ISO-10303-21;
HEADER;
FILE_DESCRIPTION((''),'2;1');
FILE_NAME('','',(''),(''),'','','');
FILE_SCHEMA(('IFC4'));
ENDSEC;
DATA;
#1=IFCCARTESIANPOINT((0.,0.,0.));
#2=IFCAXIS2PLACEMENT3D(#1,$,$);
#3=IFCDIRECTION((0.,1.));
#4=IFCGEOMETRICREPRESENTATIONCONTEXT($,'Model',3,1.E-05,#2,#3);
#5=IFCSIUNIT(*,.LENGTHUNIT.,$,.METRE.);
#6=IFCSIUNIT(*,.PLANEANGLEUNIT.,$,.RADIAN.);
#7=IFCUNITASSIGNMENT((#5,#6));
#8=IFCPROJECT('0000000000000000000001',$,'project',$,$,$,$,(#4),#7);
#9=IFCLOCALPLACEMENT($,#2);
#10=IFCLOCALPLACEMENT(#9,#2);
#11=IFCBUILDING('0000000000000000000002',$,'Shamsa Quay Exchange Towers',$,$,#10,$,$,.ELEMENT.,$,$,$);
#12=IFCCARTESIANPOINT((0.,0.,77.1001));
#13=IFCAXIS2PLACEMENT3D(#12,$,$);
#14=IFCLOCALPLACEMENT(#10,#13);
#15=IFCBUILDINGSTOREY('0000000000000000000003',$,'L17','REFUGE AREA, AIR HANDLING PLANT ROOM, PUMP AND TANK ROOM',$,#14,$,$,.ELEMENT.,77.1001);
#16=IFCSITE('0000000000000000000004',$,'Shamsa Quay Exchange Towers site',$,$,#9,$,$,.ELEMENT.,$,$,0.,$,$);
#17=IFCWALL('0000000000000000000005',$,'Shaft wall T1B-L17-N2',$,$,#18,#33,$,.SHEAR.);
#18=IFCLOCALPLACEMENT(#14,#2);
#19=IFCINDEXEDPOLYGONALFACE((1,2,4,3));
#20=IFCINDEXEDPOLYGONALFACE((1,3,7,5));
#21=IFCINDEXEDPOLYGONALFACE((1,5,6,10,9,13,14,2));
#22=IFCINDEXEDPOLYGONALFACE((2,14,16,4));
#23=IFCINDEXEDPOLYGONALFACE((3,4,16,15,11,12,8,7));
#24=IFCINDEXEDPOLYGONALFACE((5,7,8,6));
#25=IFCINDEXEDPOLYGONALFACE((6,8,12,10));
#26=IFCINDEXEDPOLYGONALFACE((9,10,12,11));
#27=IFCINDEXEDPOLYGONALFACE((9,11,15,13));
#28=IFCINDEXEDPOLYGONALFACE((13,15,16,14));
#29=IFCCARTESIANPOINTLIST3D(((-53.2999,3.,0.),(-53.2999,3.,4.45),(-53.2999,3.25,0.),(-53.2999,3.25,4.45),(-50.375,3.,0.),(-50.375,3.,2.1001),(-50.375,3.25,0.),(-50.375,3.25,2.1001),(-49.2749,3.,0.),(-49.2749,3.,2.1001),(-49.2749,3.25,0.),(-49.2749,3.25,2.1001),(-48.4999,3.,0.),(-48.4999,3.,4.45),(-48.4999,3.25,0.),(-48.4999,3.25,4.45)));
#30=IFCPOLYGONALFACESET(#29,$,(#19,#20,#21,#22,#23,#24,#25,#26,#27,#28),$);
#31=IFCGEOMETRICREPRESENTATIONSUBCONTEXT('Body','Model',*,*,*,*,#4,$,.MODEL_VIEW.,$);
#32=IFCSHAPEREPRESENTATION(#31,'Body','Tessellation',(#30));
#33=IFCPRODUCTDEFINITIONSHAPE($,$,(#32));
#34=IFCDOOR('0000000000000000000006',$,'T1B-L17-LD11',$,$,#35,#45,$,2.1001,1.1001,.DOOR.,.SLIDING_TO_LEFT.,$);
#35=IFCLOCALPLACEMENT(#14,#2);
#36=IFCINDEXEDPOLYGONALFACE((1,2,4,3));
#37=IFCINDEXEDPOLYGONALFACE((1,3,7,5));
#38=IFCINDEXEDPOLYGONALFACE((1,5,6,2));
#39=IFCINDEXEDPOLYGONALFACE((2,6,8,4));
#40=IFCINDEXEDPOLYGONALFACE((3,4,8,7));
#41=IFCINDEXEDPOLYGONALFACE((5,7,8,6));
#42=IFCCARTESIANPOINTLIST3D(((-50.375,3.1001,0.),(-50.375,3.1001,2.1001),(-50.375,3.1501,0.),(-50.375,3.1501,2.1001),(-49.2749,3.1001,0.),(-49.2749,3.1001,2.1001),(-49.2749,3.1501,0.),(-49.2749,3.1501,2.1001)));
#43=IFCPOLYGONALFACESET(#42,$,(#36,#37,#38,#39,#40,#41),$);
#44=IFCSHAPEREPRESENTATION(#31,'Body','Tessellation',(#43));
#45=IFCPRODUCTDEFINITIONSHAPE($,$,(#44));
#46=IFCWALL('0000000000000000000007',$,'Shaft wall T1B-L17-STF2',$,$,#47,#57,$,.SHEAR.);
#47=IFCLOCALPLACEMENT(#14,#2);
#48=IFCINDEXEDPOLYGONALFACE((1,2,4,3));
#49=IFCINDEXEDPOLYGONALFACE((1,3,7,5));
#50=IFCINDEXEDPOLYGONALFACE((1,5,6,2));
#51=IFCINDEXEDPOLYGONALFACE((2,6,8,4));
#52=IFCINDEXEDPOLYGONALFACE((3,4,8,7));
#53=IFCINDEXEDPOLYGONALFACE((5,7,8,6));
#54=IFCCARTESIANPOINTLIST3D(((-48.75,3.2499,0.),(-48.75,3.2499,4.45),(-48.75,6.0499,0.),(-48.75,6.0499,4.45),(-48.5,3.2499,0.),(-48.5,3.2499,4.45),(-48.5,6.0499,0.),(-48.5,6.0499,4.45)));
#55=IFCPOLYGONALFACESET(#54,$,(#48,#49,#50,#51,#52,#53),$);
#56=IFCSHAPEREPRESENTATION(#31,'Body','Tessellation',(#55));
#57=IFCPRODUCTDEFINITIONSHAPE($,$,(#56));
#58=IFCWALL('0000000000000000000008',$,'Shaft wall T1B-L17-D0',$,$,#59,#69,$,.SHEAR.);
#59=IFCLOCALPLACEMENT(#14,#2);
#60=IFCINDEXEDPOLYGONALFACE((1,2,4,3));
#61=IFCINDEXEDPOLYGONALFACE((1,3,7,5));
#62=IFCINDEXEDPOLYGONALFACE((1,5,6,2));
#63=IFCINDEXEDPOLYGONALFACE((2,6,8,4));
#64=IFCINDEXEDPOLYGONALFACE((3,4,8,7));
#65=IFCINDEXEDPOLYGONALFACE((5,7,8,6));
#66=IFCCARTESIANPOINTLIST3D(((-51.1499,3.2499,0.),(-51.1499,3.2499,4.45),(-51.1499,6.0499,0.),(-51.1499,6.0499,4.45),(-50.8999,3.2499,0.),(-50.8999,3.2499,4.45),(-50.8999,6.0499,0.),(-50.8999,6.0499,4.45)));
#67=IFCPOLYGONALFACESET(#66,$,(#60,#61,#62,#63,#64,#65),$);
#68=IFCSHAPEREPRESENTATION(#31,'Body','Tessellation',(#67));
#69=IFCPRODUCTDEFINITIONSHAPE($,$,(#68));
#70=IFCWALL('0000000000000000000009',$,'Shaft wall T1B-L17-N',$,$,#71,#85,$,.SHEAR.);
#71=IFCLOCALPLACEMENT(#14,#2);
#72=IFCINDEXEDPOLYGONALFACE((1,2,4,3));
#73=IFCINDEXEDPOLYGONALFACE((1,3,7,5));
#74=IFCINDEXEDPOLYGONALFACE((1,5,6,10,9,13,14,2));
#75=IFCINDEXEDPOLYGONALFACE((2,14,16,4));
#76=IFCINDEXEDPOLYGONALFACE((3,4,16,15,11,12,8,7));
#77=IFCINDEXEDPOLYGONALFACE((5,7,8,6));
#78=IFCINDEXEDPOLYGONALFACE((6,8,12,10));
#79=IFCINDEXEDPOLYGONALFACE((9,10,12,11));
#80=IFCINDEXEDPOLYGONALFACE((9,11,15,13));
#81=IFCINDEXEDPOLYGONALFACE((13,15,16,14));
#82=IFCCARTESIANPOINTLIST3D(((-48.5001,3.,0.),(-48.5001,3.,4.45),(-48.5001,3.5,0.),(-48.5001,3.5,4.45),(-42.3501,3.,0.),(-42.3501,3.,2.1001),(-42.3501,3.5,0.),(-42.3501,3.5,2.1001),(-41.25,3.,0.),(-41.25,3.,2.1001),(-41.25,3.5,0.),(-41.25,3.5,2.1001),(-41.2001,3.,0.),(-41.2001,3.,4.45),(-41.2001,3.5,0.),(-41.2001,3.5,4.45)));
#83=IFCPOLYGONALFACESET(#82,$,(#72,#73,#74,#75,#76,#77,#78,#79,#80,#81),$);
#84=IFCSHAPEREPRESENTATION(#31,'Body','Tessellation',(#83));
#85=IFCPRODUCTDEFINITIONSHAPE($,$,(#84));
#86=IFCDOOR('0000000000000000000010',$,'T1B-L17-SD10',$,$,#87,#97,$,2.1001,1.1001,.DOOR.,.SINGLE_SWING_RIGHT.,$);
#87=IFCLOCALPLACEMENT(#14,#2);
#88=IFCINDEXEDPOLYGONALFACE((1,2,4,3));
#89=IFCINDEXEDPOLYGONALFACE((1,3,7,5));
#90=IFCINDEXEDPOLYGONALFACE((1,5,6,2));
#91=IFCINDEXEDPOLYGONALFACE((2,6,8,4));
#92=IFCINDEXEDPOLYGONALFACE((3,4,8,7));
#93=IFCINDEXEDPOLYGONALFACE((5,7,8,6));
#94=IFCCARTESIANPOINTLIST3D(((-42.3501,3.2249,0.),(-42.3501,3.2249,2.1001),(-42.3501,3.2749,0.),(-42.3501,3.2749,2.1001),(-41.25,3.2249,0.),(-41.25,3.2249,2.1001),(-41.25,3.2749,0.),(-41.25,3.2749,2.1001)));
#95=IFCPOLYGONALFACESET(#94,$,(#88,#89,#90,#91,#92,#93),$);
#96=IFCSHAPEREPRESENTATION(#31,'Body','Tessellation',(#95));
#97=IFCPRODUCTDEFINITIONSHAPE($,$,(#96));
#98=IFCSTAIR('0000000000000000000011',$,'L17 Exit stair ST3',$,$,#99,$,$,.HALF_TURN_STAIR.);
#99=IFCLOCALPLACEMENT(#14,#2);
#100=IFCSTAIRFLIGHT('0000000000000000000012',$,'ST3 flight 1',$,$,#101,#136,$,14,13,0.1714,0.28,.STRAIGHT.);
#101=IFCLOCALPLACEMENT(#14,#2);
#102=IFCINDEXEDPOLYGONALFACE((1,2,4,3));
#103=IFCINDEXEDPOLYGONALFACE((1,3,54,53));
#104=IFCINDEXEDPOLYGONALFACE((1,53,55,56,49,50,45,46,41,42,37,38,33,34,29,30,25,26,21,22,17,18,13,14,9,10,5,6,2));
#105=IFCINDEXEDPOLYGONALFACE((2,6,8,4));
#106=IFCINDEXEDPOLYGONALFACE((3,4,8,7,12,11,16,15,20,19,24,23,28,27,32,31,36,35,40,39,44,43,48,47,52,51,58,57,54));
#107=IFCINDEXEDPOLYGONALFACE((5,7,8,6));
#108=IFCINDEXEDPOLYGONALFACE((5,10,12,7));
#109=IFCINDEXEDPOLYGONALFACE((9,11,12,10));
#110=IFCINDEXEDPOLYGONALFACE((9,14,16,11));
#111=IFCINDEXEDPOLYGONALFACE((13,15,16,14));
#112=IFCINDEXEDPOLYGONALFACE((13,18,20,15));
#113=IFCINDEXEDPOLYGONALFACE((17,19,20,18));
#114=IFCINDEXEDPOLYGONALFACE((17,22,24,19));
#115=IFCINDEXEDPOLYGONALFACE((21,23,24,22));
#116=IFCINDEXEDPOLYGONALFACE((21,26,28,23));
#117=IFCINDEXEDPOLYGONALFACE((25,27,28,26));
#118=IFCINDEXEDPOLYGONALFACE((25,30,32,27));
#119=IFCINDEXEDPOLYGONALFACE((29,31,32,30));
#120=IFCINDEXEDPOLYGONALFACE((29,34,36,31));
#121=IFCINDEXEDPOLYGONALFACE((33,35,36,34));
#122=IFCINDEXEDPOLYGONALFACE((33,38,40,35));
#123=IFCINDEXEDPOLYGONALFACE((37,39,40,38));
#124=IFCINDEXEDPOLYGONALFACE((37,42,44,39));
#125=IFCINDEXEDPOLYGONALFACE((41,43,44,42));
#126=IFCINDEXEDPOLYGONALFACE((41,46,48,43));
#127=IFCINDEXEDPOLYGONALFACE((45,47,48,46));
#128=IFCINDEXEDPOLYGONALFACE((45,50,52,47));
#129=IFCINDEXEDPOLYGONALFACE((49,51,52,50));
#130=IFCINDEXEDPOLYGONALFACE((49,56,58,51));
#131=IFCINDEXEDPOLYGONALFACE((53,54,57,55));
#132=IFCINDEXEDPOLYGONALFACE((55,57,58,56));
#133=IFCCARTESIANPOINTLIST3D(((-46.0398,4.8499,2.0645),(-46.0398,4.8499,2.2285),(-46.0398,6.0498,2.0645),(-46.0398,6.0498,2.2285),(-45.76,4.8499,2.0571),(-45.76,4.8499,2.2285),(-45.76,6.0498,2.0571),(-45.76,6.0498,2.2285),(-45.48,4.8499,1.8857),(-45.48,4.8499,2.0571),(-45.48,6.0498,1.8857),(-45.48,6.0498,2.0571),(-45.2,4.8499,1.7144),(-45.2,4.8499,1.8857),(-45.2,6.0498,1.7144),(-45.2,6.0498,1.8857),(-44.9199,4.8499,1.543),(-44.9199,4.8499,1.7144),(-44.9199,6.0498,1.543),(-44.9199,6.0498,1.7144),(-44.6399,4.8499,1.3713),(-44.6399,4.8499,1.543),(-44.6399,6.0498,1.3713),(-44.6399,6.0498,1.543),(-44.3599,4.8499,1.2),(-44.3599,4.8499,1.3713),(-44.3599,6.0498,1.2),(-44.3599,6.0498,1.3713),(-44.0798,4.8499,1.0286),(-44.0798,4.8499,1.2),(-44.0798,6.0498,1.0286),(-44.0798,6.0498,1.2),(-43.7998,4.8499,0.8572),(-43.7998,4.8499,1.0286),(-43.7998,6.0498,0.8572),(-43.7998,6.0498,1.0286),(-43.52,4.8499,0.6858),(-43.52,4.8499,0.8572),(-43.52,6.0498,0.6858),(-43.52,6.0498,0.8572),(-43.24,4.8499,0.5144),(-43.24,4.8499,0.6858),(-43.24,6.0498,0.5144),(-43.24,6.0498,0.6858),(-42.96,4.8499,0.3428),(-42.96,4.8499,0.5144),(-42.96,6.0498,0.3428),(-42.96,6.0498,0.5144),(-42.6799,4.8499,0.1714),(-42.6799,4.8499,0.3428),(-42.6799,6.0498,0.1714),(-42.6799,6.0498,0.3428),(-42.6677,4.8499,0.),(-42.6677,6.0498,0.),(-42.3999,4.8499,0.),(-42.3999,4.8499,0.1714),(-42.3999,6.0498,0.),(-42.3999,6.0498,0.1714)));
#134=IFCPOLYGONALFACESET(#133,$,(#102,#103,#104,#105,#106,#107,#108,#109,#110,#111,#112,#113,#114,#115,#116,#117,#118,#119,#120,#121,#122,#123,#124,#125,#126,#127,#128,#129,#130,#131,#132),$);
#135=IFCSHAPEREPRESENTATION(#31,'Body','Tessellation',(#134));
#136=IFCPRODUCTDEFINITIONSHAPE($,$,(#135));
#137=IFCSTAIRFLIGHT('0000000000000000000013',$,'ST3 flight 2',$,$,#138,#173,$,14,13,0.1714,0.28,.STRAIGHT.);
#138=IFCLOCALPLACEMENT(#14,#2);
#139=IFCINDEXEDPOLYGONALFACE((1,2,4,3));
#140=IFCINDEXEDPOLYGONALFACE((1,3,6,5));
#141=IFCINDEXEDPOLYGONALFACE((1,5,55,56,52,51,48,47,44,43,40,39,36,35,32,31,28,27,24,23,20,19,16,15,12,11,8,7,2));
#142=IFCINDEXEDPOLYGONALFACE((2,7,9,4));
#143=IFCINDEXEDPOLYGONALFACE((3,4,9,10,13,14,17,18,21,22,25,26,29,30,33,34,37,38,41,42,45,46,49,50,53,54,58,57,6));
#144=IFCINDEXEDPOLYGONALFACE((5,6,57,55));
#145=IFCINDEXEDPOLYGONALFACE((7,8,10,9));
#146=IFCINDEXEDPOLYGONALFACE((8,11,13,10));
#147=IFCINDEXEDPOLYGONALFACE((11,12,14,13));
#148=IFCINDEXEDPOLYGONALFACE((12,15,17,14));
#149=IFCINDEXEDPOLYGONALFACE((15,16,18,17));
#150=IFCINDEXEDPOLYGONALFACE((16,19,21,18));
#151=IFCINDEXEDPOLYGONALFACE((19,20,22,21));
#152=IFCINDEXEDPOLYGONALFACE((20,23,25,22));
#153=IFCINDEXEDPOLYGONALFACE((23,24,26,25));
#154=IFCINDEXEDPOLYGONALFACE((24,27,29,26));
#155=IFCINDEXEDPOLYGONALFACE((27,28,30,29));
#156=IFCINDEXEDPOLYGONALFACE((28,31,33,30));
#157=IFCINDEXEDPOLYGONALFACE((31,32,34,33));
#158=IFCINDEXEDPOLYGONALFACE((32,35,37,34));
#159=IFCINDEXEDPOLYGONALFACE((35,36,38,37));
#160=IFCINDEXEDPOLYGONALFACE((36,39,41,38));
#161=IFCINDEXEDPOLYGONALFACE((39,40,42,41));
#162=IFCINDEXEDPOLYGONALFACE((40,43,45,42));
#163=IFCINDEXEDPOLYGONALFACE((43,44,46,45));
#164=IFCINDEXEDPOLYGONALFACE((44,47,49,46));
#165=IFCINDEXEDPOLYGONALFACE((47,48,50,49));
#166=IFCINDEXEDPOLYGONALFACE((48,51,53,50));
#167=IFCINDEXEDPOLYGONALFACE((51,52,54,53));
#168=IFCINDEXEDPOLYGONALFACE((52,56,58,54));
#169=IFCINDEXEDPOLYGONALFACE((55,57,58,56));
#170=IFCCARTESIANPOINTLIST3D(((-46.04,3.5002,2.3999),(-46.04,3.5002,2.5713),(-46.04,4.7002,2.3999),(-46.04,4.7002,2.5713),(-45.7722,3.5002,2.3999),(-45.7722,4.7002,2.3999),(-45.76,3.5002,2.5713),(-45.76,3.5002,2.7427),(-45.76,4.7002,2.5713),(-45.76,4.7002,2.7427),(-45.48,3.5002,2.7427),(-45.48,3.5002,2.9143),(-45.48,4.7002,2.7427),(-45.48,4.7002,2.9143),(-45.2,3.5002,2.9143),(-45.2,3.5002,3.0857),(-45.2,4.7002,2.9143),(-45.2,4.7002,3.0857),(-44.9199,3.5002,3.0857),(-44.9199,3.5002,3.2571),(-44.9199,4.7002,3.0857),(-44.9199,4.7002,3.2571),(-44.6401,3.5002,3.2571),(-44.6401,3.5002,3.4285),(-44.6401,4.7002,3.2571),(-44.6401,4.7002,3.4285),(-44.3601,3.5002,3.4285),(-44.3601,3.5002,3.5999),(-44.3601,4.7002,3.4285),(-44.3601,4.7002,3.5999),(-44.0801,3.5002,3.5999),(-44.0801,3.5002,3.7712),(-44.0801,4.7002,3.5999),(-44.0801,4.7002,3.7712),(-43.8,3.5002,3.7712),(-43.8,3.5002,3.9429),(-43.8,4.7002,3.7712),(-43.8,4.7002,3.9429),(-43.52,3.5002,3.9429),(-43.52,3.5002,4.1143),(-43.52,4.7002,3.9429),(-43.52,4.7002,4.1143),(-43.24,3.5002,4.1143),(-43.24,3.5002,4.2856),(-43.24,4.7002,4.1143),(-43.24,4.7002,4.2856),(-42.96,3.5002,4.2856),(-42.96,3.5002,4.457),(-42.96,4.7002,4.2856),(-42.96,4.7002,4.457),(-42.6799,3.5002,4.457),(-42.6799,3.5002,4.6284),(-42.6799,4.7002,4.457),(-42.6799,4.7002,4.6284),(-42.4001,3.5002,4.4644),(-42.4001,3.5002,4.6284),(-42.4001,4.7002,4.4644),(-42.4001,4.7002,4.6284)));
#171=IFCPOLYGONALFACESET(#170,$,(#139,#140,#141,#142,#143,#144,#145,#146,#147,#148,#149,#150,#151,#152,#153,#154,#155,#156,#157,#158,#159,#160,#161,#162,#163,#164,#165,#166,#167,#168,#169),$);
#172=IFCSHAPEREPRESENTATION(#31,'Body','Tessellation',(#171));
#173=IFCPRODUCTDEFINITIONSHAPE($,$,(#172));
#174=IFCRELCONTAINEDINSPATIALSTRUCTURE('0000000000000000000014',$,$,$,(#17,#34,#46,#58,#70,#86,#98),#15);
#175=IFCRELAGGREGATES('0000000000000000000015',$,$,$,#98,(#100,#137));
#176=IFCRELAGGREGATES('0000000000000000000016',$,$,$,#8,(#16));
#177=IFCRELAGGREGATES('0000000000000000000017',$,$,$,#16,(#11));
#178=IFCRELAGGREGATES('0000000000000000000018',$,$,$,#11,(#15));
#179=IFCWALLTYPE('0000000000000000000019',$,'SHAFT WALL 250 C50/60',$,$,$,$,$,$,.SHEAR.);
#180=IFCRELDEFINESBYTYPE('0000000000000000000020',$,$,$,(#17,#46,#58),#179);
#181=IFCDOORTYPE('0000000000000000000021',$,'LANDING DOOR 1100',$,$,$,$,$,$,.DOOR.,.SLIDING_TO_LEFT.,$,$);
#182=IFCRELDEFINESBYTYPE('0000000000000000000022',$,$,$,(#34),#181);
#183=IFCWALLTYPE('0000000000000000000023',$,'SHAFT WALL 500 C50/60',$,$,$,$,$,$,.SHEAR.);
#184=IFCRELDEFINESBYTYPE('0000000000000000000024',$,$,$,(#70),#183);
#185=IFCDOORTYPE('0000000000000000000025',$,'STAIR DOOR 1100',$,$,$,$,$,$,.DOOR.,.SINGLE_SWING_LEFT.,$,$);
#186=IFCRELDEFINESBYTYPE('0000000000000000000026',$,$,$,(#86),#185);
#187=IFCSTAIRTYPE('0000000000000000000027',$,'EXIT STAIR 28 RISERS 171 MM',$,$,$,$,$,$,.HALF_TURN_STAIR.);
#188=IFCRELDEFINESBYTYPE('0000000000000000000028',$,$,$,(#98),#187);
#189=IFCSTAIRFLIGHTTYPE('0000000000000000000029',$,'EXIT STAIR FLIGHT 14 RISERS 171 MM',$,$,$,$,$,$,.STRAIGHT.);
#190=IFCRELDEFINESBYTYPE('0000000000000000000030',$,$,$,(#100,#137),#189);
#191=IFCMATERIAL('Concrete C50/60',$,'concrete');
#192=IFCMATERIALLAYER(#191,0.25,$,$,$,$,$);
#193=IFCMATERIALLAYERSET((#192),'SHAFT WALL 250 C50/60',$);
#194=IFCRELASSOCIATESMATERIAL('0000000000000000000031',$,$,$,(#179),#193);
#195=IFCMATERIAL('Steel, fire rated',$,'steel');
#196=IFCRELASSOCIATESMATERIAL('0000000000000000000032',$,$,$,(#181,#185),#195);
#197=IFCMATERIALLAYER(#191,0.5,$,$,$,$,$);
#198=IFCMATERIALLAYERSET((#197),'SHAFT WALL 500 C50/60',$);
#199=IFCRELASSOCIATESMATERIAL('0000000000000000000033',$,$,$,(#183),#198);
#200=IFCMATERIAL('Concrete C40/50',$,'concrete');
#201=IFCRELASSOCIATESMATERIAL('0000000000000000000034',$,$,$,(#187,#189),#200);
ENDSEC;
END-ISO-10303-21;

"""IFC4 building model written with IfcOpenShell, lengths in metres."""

from ifc_helpers import new_model, si_unit, direction, frame, frame_2d, origin, place, context, subcontext, project, spatial, polyline, rectangle, outline, extrude, material, layer, layer_set, type_object, element, fill, aggregate, save


model = new_model("IFC4")

# Units and contexts
model_context = context("Model", 3, precision=1e-05, world=origin(), true_north=direction((0.0, 1.0)))
body_context = subcontext(model_context, "Body", "Model", "MODEL_VIEW")
ifc_project = project(units=[si_unit("LENGTHUNIT", "METRE"), si_unit("PLANEANGLEUNIT", "RADIAN")], contexts=[model_context])

# Site, building, storey
site_placement = place(None, origin())
site = spatial("IfcSite", under=ifc_project, at=site_placement, Name="Shamsa Quay Exchange Towers site", CompositionType="ELEMENT", RefElevation=0.0)
building_placement = place(site_placement, origin())
building = spatial("IfcBuilding", under=site, at=building_placement, Name="Shamsa Quay Exchange Towers", CompositionType="ELEMENT")
storey_placement = place(building_placement, frame((0.0, 0.0, 77.1001)))
storey = spatial("IfcBuildingStorey", under=building, at=storey_placement, Name="L17", Description="REFUGE AREA, AIR HANDLING PLANT ROOM, PUMP AND TANK ROOM", CompositionType="ELEMENT", Elevation=77.1001)

# Wall, opening, door
ifc_material_1 = material(Name="Concrete C50/60", Category="concrete")
ifc_layer_1 = layer(ifc_material_1, 0.25)
ifc_layer_set_1 = layer_set([ifc_layer_1], Name="SHAFT WALL 250 C50/60")
wall_type_1 = type_object("IfcWallType", Name="SHAFT WALL 250 C50/60", PredefinedType="SHEAR", material=ifc_layer_set_1)
wall_1_placement = place(storey_placement, frame((-48.5, 3.125, 0.0), z_axis=(0.0, 0.0, 1.0), x_axis=(-1.0, 0.0, 0.0)))
wall_1 = element("IfcWall", 1, at=wall_1_placement, inside=storey, type_object=wall_type_1, Name="Shaft wall T1B-L17-N2", PredefinedType="SHEAR", context=body_context, shape_type="SweptSolid", body=[
    extrude(rectangle(XDim=4.8, YDim=0.25, at=frame_2d((2.3999, 0.0))), origin(), (0.0, 0.0, 1.0), 4.45),
])
opening_1_placement = place(wall_1_placement, frame((0.7749, 0.0, 0.0)))
opening_1 = element("IfcOpeningElement", 2, at=opening_1_placement, cuts=wall_1, PredefinedType="OPENING", context=body_context, shape_type="SweptSolid", body=[
    extrude(rectangle(XDim=1.1001, YDim=2.1001, at=frame_2d((0.55, 1.05))), frame((0.0, 0.135, 0.0), z_axis=(0.0, -1.0, 0.0), x_axis=(1.0, 0.0, 0.0)), (0.0, 0.0, 1.0), 0.27),
])
ifc_material_2 = material(Name="Steel, fire rated", Category="steel")
door_type_1 = type_object("IfcDoorType", Name="LANDING DOOR 1100", OperationType="SLIDING_TO_LEFT", PredefinedType="DOOR", material=ifc_material_2)
door_1_placement = place(opening_1_placement, origin())
door_1 = element("IfcDoor", 3, at=door_1_placement, inside=storey, type_object=door_type_1, Name="T1B-L17-LD11", OperationType="SLIDING_TO_LEFT", OverallHeight=2.1001, OverallWidth=1.1001, PredefinedType="DOOR", context=body_context, shape_type="SweptSolid", body=[
    extrude(rectangle(XDim=1.1001, YDim=2.1001, at=frame_2d((0.55, 1.05))), frame((0.0, 0.0249, 0.0), z_axis=(0.0, -1.0, 0.0), x_axis=(1.0, 0.0, 0.0)), (0.0, 0.0, 1.0), 0.05),
])
fill(opening_1, door_1)

# Walls
for number, where, z_axis, x_axis, name in (
    (4, (-48.625, 3.25, 0.0), (0.0, 0.0, 1.0), (0.0, 1.0, 0.0), "Shaft wall T1B-L17-STF2"),
    (5, (-51.0249, 3.25, 0.0), (0.0, 0.0, 1.0), (0.0, 1.0, 0.0), "Shaft wall T1B-L17-D0"),
):
    element("IfcWall", number, at=place(storey_placement, frame(where, z_axis=z_axis, x_axis=x_axis)), inside=storey, type_object=wall_type_1, Name=name, PredefinedType="SHEAR", context=body_context, shape_type="SweptSolid", body=[
        extrude(rectangle(XDim=2.8, YDim=0.25, at=frame_2d((1.3999, 0.0))), origin(), (0.0, 0.0, 1.0), 4.45),
    ])

# Wall, opening, door
ifc_layer_2 = layer(ifc_material_1, 0.5)
ifc_layer_set_2 = layer_set([ifc_layer_2], Name="SHAFT WALL 500 C50/60")
wall_type_2 = type_object("IfcWallType", Name="SHAFT WALL 500 C50/60", PredefinedType="SHEAR", material=ifc_layer_set_2)
wall_2_placement = place(storey_placement, frame((-48.5, 3.25, 0.0)))
wall_2 = element("IfcWall", 6, at=wall_2_placement, inside=storey, type_object=wall_type_2, Name="Shaft wall T1B-L17-N", PredefinedType="SHEAR", context=body_context, shape_type="SweptSolid", body=[
    extrude(rectangle(XDim=7.3, YDim=0.5, at=frame_2d((3.6499, 0.0))), origin(), (0.0, 0.0, 1.0), 4.45),
])
opening_2_placement = place(wall_2_placement, frame((6.1499, 0.0, 0.0)))
opening_2 = element("IfcOpeningElement", 7, at=opening_2_placement, cuts=wall_2, PredefinedType="OPENING", context=body_context, shape_type="SweptSolid", body=[
    extrude(rectangle(XDim=1.1001, YDim=2.1001, at=frame_2d((0.55, 1.05))), frame((0.0, 0.26, 0.0), z_axis=(0.0, -1.0, 0.0), x_axis=(1.0, 0.0, 0.0)), (0.0, 0.0, 1.0), 0.52),
])
door_type_2 = type_object("IfcDoorType", Name="STAIR DOOR 1100", OperationType="SINGLE_SWING_LEFT", PredefinedType="DOOR", material=ifc_material_2)
door_2_placement = place(opening_2_placement, origin())
door_2 = element("IfcDoor", 8, at=door_2_placement, inside=storey, type_object=door_type_2, Name="T1B-L17-SD10", OperationType="SINGLE_SWING_RIGHT", OverallHeight=2.1001, OverallWidth=1.1001, PredefinedType="DOOR", context=body_context, shape_type="SweptSolid", body=[
    extrude(rectangle(XDim=1.1001, YDim=2.1001, at=frame_2d((0.55, 1.05))), frame((0.0, 0.0249, 0.0), z_axis=(0.0, -1.0, 0.0), x_axis=(1.0, 0.0, 0.0)), (0.0, 0.0, 1.0), 0.05),
])
fill(opening_2, door_2)

# Stair, stair flights
ifc_material_3 = material(Name="Concrete C40/50", Category="concrete")
stair_type = type_object("IfcStairType", Name="EXIT STAIR 28 RISERS 171 MM", PredefinedType="HALF_TURN_STAIR", material=ifc_material_3)
stair_placement = place(storey_placement, origin())
stair = element("IfcStair", 9, at=stair_placement, inside=storey, type_object=stair_type, Name="L17 Exit stair ST3", PredefinedType="HALF_TURN_STAIR")
stair_flight_type = type_object("IfcStairFlightType", Name="EXIT STAIR FLIGHT 14 RISERS 171 MM", PredefinedType="STRAIGHT", material=ifc_material_3)
stair_flight_1_placement = place(storey_placement, frame((-42.3999, 5.45, 0.0), z_axis=(0.0, 0.0, 1.0), x_axis=(-1.0, 0.0, 0.0)))
stair_flight_1 = element("IfcStairFlight", 10, at=stair_flight_1_placement, type_object=stair_flight_type, Name="ST3 flight 1", NumberOfRisers=14, NumberOfTreads=13, PredefinedType="STRAIGHT", RiserHeight=0.1714, TreadLength=0.28, context=body_context, shape_type="SweptSolid", body=[
    extrude(outline(polyline([(0.0, 0.0), (0.0, 0.1714), (0.28, 0.1714), (0.28, 0.3428), (0.5601, 0.3428), (0.5601, 0.5144), (0.8401, 0.5144), (0.8401, 0.6858), (1.1201, 0.6858), (1.1201, 0.8572), (1.3999, 0.8572), (1.3999, 1.0286), (1.6799, 1.0286), (1.6799, 1.2), (1.96, 1.2), (1.96, 1.3713), (2.24, 1.3713), (2.24, 1.543), (2.52, 1.543), (2.52, 1.7144), (2.8, 1.7144), (2.8, 1.8857), (3.0801, 1.8857), (3.0801, 2.0571), (3.3601, 2.0571), (3.3601, 2.2285), (3.6399, 2.2285), (3.6399, 2.3999), (3.6399, 2.0645), (0.2678, 0.0), (0.0, 0.0)])), frame((0.0, 0.6001, 0.0), z_axis=(0.0, -1.0, 0.0), x_axis=(1.0, 0.0, 0.0)), (0.0, 0.0, 1.0), 1.2),
])
stair_flight_2_placement = place(storey_placement, frame((-46.04, 4.1001, 2.3999)))
stair_flight_2 = element("IfcStairFlight", 11, at=stair_flight_2_placement, type_object=stair_flight_type, Name="ST3 flight 2", NumberOfRisers=14, NumberOfTreads=13, PredefinedType="STRAIGHT", RiserHeight=0.1714, TreadLength=0.28, context=body_context, shape_type="SweptSolid", body=[
    extrude(outline(polyline([(0.0, 0.0), (0.0, 0.1714), (0.28, 0.1714), (0.28, 0.3428), (0.5601, 0.3428), (0.5601, 0.5144), (0.8401, 0.5144), (0.8401, 0.6858), (1.1201, 0.6858), (1.1201, 0.8572), (1.3999, 0.8572), (1.3999, 1.0286), (1.6799, 1.0286), (1.6799, 1.2), (1.96, 1.2), (1.96, 1.3713), (2.24, 1.3713), (2.24, 1.543), (2.52, 1.543), (2.52, 1.7144), (2.8, 1.7144), (2.8, 1.8857), (3.0801, 1.8857), (3.0801, 2.0571), (3.3601, 2.0571), (3.3601, 2.2285), (3.6399, 2.2285), (3.6399, 2.3999), (3.6399, 2.0645), (0.2678, 0.0), (0.0, 0.0)])), frame((0.0, 0.6001, 0.0), z_axis=(0.0, -1.0, 0.0), x_axis=(1.0, 0.0, 0.0)), (0.0, 0.0, 1.0), 1.2),
])
aggregate(stair, [stair_flight_1, stair_flight_2])

save(model, "model.ifc")
